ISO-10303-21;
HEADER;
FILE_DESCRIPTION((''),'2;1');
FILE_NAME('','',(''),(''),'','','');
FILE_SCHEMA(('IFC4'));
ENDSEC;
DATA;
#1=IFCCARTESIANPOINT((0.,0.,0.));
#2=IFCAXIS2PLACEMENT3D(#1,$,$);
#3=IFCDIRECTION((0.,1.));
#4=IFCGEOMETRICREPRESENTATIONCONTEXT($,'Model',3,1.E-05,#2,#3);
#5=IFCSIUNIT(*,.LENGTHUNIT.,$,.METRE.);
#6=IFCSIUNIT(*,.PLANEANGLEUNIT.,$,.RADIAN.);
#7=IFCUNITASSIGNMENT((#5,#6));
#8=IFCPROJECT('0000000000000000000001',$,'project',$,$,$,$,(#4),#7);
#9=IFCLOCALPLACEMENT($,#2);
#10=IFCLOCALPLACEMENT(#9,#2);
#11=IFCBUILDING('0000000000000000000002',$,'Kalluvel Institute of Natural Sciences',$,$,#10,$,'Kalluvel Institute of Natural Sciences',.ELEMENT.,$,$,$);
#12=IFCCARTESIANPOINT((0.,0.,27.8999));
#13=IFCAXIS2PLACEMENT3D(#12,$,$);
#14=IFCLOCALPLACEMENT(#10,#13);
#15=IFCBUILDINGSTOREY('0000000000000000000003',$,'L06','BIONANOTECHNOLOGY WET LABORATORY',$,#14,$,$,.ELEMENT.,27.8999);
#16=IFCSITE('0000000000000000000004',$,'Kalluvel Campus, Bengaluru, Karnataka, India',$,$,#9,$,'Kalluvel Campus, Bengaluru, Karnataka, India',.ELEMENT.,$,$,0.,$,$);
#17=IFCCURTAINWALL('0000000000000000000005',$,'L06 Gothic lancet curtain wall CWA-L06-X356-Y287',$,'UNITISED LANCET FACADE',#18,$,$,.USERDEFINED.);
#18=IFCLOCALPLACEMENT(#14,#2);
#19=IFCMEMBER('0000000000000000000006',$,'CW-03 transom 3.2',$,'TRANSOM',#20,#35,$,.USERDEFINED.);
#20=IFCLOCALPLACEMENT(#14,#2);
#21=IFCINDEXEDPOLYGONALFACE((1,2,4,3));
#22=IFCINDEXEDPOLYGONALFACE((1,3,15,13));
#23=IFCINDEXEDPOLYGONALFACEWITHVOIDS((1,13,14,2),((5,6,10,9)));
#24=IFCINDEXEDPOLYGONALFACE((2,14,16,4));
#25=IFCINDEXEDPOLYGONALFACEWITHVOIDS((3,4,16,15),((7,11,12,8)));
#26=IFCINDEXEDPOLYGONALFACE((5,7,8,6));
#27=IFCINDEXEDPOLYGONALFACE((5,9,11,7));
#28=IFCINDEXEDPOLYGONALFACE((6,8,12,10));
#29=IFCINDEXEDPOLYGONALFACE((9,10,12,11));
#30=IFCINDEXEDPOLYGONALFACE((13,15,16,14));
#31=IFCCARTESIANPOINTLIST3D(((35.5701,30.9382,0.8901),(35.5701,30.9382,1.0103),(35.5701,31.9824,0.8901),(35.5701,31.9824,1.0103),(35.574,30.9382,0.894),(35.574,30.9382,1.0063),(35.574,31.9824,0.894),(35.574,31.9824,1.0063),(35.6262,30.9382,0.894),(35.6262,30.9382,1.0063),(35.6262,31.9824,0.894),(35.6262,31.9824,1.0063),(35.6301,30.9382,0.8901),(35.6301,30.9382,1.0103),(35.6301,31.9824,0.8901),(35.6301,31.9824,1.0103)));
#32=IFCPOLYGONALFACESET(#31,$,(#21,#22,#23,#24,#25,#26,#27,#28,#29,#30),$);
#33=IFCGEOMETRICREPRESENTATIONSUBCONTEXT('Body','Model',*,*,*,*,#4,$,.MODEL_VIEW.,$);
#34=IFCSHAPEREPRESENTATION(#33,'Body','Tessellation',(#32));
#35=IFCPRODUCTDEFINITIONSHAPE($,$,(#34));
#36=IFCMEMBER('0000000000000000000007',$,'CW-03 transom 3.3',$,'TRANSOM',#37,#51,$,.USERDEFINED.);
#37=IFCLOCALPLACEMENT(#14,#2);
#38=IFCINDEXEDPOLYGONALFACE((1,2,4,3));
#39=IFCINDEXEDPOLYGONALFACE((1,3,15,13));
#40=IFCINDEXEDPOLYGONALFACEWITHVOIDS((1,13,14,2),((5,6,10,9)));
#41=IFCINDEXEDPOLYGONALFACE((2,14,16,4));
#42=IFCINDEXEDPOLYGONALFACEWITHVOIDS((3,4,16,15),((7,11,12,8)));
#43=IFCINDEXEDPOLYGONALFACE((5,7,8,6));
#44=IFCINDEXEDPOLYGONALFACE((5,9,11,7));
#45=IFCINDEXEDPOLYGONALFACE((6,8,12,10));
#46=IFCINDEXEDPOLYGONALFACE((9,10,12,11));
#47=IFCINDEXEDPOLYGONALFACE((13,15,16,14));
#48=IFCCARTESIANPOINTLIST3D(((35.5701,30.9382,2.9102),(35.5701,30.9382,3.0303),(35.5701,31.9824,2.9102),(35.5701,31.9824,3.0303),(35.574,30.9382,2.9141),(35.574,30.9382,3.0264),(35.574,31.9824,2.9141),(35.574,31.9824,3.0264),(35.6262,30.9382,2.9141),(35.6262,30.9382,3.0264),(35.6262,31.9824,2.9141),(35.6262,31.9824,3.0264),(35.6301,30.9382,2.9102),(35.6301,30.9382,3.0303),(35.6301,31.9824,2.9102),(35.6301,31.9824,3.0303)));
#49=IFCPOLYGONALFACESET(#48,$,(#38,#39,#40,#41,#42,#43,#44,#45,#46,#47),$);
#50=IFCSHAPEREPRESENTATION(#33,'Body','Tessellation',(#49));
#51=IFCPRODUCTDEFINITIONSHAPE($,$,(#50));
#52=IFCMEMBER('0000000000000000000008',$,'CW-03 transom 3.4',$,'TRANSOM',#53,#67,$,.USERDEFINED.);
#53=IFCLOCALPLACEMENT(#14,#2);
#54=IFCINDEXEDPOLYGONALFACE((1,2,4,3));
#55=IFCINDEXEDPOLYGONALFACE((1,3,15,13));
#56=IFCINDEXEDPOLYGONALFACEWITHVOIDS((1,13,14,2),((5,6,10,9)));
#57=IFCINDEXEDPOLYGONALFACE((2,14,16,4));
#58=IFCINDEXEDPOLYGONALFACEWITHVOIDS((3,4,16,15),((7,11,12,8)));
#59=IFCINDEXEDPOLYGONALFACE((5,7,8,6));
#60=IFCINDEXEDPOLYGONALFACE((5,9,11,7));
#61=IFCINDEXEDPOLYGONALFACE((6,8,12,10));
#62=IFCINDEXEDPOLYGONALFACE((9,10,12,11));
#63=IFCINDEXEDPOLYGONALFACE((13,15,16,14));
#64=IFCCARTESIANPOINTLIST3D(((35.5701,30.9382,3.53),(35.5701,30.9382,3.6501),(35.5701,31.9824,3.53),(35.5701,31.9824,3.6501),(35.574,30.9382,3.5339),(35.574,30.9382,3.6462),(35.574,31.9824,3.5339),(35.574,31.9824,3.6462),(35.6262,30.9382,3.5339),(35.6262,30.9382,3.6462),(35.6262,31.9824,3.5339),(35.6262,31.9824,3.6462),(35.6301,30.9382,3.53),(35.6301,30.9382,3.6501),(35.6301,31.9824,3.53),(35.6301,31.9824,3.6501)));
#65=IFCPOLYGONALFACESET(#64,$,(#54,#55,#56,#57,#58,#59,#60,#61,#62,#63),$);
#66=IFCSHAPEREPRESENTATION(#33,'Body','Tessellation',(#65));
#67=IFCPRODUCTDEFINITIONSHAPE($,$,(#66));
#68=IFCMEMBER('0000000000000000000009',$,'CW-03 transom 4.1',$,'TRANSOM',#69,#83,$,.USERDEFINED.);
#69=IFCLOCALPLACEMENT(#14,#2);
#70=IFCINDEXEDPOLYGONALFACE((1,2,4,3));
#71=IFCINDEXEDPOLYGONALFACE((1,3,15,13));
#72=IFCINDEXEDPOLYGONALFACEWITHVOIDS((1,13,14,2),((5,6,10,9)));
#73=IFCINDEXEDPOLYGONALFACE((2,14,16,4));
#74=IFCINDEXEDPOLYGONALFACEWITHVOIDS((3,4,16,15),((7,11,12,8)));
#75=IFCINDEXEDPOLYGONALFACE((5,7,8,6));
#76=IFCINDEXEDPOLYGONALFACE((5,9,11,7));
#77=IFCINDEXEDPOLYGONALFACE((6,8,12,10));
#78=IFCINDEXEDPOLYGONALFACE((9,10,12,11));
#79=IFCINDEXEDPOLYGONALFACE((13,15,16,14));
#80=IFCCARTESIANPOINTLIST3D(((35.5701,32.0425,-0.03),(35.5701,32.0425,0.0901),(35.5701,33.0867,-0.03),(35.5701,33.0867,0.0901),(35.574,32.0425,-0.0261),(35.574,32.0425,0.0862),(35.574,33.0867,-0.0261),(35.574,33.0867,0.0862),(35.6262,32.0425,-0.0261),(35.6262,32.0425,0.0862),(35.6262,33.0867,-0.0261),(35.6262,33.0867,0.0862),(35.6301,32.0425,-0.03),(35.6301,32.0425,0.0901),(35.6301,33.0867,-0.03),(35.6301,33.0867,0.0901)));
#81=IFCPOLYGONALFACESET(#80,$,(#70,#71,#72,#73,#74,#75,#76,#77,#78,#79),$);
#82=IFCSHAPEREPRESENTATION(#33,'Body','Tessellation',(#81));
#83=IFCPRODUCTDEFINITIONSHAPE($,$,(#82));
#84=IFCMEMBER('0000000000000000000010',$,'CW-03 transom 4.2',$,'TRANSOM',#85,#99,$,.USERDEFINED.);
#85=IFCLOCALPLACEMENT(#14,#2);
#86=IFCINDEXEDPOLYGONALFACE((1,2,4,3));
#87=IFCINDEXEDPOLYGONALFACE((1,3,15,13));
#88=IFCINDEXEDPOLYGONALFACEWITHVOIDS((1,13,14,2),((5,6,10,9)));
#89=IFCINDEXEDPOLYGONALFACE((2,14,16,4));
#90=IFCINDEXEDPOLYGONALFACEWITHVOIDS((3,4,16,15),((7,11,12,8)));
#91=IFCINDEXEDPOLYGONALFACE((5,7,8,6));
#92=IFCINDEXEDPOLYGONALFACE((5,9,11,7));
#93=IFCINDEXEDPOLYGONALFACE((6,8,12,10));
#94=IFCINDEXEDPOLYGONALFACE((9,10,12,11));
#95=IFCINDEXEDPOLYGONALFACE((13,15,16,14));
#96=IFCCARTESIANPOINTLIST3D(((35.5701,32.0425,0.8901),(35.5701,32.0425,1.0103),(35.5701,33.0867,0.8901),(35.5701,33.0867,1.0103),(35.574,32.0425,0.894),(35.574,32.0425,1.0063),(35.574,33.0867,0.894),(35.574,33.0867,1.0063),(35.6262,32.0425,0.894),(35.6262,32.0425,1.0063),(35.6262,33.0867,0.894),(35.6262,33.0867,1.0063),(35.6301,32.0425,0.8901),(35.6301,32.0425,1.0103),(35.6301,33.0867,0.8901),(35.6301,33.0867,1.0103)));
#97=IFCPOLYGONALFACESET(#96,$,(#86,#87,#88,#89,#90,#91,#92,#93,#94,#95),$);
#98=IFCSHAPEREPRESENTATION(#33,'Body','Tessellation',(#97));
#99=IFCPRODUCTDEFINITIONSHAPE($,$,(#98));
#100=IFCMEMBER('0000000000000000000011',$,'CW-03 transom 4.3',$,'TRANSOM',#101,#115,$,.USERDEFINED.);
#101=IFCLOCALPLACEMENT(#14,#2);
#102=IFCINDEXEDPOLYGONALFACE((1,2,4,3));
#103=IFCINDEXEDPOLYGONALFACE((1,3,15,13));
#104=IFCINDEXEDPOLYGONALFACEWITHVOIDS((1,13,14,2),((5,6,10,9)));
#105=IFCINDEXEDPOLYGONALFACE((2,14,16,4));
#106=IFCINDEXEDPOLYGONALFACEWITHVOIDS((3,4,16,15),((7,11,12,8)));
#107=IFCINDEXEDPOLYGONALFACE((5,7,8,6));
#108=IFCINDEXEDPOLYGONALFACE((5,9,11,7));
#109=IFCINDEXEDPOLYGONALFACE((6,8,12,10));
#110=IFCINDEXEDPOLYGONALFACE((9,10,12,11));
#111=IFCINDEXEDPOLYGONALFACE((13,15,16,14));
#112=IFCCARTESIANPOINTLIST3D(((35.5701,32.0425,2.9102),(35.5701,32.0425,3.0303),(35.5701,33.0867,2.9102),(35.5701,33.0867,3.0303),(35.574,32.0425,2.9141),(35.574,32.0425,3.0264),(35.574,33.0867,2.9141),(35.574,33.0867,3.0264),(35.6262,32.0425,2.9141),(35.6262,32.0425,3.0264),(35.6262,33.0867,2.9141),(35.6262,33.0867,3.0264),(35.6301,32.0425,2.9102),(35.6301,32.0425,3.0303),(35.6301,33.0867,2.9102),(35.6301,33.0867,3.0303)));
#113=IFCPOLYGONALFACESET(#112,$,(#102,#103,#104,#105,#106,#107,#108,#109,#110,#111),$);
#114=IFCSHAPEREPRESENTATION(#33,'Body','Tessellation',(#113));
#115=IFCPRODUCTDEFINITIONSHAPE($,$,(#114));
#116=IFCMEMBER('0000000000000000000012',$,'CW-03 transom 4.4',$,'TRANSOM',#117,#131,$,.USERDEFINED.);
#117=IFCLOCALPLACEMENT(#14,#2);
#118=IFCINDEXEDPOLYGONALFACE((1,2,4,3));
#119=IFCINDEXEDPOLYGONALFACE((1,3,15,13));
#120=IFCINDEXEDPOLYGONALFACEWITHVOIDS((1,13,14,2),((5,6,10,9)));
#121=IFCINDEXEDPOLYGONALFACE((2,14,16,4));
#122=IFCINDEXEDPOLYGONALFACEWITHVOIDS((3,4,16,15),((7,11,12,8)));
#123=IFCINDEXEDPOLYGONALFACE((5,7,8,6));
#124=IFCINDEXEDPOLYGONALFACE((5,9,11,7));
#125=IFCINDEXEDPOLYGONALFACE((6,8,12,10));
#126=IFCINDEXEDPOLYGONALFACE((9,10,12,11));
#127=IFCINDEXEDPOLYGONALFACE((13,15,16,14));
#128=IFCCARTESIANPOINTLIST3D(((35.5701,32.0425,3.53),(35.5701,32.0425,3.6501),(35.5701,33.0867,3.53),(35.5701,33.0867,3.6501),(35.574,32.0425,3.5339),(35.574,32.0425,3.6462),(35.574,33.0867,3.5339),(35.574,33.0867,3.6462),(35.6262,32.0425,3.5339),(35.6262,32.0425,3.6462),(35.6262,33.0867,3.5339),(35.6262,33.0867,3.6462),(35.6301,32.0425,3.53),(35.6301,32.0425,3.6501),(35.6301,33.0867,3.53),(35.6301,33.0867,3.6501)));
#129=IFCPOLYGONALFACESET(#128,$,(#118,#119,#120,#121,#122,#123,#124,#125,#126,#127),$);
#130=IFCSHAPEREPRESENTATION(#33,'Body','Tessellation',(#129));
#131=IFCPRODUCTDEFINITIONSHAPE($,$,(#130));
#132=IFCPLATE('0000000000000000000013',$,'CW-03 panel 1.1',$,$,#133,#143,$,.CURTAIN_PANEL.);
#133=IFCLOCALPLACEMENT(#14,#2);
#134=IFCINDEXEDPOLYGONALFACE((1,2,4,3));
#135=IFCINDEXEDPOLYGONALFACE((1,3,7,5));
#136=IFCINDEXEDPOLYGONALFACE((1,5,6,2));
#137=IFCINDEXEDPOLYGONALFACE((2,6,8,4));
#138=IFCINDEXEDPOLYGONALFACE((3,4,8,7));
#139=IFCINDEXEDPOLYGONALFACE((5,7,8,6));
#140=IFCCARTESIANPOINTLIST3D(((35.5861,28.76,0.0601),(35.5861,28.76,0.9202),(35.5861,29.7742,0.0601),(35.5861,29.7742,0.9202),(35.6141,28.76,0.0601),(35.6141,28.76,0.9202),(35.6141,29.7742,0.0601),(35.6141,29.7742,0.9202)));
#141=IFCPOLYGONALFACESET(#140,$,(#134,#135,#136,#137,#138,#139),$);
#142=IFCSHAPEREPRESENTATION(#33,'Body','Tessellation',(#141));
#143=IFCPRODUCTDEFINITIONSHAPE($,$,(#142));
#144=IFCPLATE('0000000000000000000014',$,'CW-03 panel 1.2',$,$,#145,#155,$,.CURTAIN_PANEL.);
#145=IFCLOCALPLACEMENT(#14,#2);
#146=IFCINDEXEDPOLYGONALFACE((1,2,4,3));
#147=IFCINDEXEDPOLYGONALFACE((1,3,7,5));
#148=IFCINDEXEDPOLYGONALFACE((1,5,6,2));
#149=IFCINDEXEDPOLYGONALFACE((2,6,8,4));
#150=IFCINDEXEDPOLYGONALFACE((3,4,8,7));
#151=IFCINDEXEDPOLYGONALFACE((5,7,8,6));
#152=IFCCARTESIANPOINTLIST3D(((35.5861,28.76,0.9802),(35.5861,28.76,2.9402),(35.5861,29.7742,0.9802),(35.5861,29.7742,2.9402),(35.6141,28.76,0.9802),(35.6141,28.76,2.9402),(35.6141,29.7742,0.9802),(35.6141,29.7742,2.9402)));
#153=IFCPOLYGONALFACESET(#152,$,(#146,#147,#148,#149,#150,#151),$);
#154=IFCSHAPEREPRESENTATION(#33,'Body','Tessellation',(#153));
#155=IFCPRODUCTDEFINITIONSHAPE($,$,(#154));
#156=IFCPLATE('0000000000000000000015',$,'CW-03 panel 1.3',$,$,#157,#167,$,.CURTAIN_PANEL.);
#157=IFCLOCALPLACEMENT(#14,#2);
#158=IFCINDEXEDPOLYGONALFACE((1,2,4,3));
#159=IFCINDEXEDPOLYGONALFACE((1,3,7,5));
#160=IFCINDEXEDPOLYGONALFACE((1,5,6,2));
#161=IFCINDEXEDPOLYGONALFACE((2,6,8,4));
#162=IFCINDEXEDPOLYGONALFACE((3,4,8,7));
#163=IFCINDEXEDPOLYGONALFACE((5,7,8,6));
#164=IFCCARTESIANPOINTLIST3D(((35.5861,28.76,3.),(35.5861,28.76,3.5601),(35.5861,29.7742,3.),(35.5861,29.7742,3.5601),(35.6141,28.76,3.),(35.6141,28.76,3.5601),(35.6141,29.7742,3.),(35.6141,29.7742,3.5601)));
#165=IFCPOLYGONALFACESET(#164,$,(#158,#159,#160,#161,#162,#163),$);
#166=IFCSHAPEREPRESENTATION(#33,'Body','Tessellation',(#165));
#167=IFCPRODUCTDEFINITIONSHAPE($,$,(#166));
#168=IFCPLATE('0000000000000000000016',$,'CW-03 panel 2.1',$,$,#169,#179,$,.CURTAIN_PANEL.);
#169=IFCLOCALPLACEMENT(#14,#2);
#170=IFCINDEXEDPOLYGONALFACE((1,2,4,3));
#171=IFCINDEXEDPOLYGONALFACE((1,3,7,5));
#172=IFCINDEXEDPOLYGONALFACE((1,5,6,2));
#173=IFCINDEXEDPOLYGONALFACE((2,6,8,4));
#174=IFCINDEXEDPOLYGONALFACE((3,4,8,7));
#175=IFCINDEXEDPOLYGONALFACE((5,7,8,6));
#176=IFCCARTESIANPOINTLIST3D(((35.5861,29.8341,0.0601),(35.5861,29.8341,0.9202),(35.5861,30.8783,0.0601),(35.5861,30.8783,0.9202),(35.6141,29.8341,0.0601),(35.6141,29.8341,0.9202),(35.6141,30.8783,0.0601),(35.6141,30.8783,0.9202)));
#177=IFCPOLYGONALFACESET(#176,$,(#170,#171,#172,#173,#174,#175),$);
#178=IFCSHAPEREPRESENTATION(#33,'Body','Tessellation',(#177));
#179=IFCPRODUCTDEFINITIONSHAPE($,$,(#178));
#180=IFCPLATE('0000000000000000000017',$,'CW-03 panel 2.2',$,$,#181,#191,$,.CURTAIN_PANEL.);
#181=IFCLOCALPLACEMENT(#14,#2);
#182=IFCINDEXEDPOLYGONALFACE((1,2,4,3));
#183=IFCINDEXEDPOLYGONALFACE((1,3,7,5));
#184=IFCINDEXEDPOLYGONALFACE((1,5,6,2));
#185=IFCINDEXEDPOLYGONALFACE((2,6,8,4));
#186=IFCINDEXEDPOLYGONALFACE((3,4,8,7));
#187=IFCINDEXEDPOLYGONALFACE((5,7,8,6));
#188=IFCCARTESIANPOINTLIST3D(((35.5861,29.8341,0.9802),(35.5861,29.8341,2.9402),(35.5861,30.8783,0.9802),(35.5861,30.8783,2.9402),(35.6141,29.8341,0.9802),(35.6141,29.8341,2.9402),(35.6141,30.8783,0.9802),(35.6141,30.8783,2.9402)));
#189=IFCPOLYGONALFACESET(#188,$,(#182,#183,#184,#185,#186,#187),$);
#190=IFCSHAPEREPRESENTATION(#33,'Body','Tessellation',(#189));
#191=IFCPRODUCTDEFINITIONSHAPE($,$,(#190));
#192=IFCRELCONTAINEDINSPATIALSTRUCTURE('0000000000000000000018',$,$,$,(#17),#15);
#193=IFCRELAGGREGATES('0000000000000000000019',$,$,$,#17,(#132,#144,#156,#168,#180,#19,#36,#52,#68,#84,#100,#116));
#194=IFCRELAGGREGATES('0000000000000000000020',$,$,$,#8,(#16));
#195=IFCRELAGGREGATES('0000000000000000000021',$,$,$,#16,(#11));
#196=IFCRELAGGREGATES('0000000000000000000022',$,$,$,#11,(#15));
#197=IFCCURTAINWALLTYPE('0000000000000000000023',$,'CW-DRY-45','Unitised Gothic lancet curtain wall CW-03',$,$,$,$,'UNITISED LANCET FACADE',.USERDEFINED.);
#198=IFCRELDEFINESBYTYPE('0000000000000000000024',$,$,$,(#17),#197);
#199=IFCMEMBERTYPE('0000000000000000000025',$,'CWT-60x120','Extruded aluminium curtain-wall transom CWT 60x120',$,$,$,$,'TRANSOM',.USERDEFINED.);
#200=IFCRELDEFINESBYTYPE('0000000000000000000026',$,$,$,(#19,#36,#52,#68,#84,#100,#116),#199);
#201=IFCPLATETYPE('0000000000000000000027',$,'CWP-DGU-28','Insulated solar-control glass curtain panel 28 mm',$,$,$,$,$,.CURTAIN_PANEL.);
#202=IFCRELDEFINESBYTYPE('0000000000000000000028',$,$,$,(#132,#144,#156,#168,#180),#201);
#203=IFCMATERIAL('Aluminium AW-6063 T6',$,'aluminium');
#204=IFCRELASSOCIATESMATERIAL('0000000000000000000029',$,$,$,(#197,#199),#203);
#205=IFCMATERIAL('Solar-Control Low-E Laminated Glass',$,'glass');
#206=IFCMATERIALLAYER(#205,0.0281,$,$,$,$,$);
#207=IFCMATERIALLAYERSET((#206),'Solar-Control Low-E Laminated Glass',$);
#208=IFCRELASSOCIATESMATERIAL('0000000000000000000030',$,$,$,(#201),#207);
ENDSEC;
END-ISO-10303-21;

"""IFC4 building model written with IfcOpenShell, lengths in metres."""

from ifc_helpers import new_model, si_unit, direction, frame, origin, origin_2d, place, context, subcontext, project, spatial, rectangle, hollow_rectangle, extrude, material, layer, layer_set, material_profile, profile_set, type_object, element, aggregate, save


model = new_model("IFC4")

# Units and contexts
model_context = context("Model", 3, precision=1e-05, world=origin(), true_north=direction((0.0, 1.0)))
body_context = subcontext(model_context, "Body", "Model", "MODEL_VIEW")
ifc_project = project(units=[si_unit("LENGTHUNIT", "METRE"), si_unit("PLANEANGLEUNIT", "RADIAN")], contexts=[model_context])

# Site, building, storey
site_placement = place(None, origin())
site = spatial("IfcSite", under=ifc_project, at=site_placement, Name="Kalluvel Campus, Bengaluru, Karnataka, India", LongName="Kalluvel Campus, Bengaluru, Karnataka, India", CompositionType="ELEMENT", RefElevation=0.0)
building_placement = place(site_placement, origin())
building = spatial("IfcBuilding", under=site, at=building_placement, Name="Kalluvel Institute of Natural Sciences", LongName="Kalluvel Institute of Natural Sciences", CompositionType="ELEMENT")
storey_placement = place(building_placement, frame((0.0, 0.0, 27.8999)))
storey = spatial("IfcBuildingStorey", under=building, at=storey_placement, Name="L06", Description="BIONANOTECHNOLOGY WET LABORATORY", CompositionType="ELEMENT", Elevation=27.8999)

# Curtain wall, members, plates
ifc_material_1 = material(Name="Aluminium AW-6063 T6", Category="aluminium")
curtain_wall_type = type_object("IfcCurtainWallType", Name="CW-DRY-45", Description="Unitised Gothic lancet curtain wall CW-03", ElementType="UNITISED LANCET FACADE", PredefinedType="USERDEFINED", material=ifc_material_1)
curtain_wall_placement = place(storey_placement, origin())
curtain_wall = element("IfcCurtainWall", 1, at=curtain_wall_placement, inside=storey, type_object=curtain_wall_type, Name="L06 Gothic lancet curtain wall CWA-L06-X356-Y287", ObjectType="UNITISED LANCET FACADE", PredefinedType="USERDEFINED")
ifc_material_profile_1 = material_profile(ifc_material_1, hollow_rectangle(XDim=0.0601, YDim=0.1201, WallThickness=0.0039, at=origin_2d()), Name="CWT 60x120")
ifc_profile_set_1 = profile_set([ifc_material_profile_1], Name="Aluminium AW-6063 T6")
member_type_1 = type_object("IfcMemberType", Name="CWT-60x120", Description="Extruded aluminium curtain-wall transom CWT 60x120", ElementType="TRANSOM", PredefinedType="USERDEFINED", material=ifc_profile_set_1)
member_1_placement = place(storey_placement, frame((35.6001, 30.9382, 0.9502), z_axis=(0.0, 1.0, 0.0), x_axis=(-1.0, 0.0, 0.0)))
member_1 = element("IfcMember", 2, at=member_1_placement, type_object=member_type_1, Name="CW-03 transom 3.2", ObjectType="TRANSOM", PredefinedType="USERDEFINED", context=body_context, shape_type="SweptSolid", body=[
    extrude(hollow_rectangle(XDim=0.0601, YDim=0.1201, WallThickness=0.0039, at=origin_2d()), origin(), (0.0, 0.0, 1.0), 1.0442),
])
member_2_placement = place(storey_placement, frame((35.6001, 30.9382, 2.9702), z_axis=(0.0, 1.0, 0.0), x_axis=(-1.0, 0.0, 0.0)))
member_2 = element("IfcMember", 3, at=member_2_placement, type_object=member_type_1, Name="CW-03 transom 3.3", ObjectType="TRANSOM", PredefinedType="USERDEFINED", context=body_context, shape_type="SweptSolid", body=[
    extrude(hollow_rectangle(XDim=0.0601, YDim=0.1201, WallThickness=0.0039, at=origin_2d()), origin(), (0.0, 0.0, 1.0), 1.0442),
])
member_3_placement = place(storey_placement, frame((35.6001, 30.9382, 3.5901), z_axis=(0.0, 1.0, 0.0), x_axis=(-1.0, 0.0, 0.0)))
member_3 = element("IfcMember", 4, at=member_3_placement, type_object=member_type_1, Name="CW-03 transom 3.4", ObjectType="TRANSOM", PredefinedType="USERDEFINED", context=body_context, shape_type="SweptSolid", body=[
    extrude(hollow_rectangle(XDim=0.0601, YDim=0.1201, WallThickness=0.0039, at=origin_2d()), origin(), (0.0, 0.0, 1.0), 1.0442),
])
member_4_placement = place(storey_placement, frame((35.6001, 32.0425, 0.03), z_axis=(0.0, 1.0, 0.0), x_axis=(-1.0, 0.0, 0.0)))
member_4 = element("IfcMember", 5, at=member_4_placement, type_object=member_type_1, Name="CW-03 transom 4.1", ObjectType="TRANSOM", PredefinedType="USERDEFINED", context=body_context, shape_type="SweptSolid", body=[
    extrude(hollow_rectangle(XDim=0.0601, YDim=0.1201, WallThickness=0.0039, at=origin_2d()), origin(), (0.0, 0.0, 1.0), 1.0442),
])
member_5_placement = place(storey_placement, frame((35.6001, 32.0425, 0.9502), z_axis=(0.0, 1.0, 0.0), x_axis=(-1.0, 0.0, 0.0)))
member_5 = element("IfcMember", 6, at=member_5_placement, type_object=member_type_1, Name="CW-03 transom 4.2", ObjectType="TRANSOM", PredefinedType="USERDEFINED", context=body_context, shape_type="SweptSolid", body=[
    extrude(hollow_rectangle(XDim=0.0601, YDim=0.1201, WallThickness=0.0039, at=origin_2d()), origin(), (0.0, 0.0, 1.0), 1.0442),
])
member_6_placement = place(storey_placement, frame((35.6001, 32.0425, 2.9702), z_axis=(0.0, 1.0, 0.0), x_axis=(-1.0, 0.0, 0.0)))
member_6 = element("IfcMember", 7, at=member_6_placement, type_object=member_type_1, Name="CW-03 transom 4.3", ObjectType="TRANSOM", PredefinedType="USERDEFINED", context=body_context, shape_type="SweptSolid", body=[
    extrude(hollow_rectangle(XDim=0.0601, YDim=0.1201, WallThickness=0.0039, at=origin_2d()), origin(), (0.0, 0.0, 1.0), 1.0442),
])
member_7_placement = place(storey_placement, frame((35.6001, 32.0425, 3.5901), z_axis=(0.0, 1.0, 0.0), x_axis=(-1.0, 0.0, 0.0)))
member_7 = element("IfcMember", 8, at=member_7_placement, type_object=member_type_1, Name="CW-03 transom 4.4", ObjectType="TRANSOM", PredefinedType="USERDEFINED", context=body_context, shape_type="SweptSolid", body=[
    extrude(hollow_rectangle(XDim=0.0601, YDim=0.1201, WallThickness=0.0039, at=origin_2d()), origin(), (0.0, 0.0, 1.0), 1.0442),
])
ifc_material_2 = material(Name="Solar-Control Low-E Laminated Glass", Category="glass")
ifc_layer = layer(ifc_material_2, 0.0281)
ifc_layer_set = layer_set([ifc_layer], Name="Solar-Control Low-E Laminated Glass")
plate_type = type_object("IfcPlateType", Name="CWP-DGU-28", Description="Insulated solar-control glass curtain panel 28 mm", PredefinedType="CURTAIN_PANEL", material=ifc_layer_set)
plate_1_placement = place(storey_placement, frame((35.6001, 29.2671, 0.0601), z_axis=(0.0, 0.0, 1.0), x_axis=(0.0, 1.0, 0.0)))
plate_1 = element("IfcPlate", 9, at=plate_1_placement, type_object=plate_type, Name="CW-03 panel 1.1", PredefinedType="CURTAIN_PANEL", context=body_context, shape_type="SweptSolid", body=[
    extrude(rectangle(XDim=1.0142, YDim=0.0281, at=origin_2d()), origin(), (0.0, 0.0, 1.0), 0.8601),
])
plate_2_placement = place(storey_placement, frame((35.6001, 29.2671, 0.9802), z_axis=(0.0, 0.0, 1.0), x_axis=(0.0, 1.0, 0.0)))
plate_2 = element("IfcPlate", 10, at=plate_2_placement, type_object=plate_type, Name="CW-03 panel 1.2", PredefinedType="CURTAIN_PANEL", context=body_context, shape_type="SweptSolid", body=[
    extrude(rectangle(XDim=1.0142, YDim=0.0281, at=origin_2d()), origin(), (0.0, 0.0, 1.0), 1.96),
])
plate_3_placement = place(storey_placement, frame((35.6001, 29.2671, 3.0), z_axis=(0.0, 0.0, 1.0), x_axis=(0.0, 1.0, 0.0)))
plate_3 = element("IfcPlate", 11, at=plate_3_placement, type_object=plate_type, Name="CW-03 panel 1.3", PredefinedType="CURTAIN_PANEL", context=body_context, shape_type="SweptSolid", body=[
    extrude(rectangle(XDim=1.0142, YDim=0.0281, at=origin_2d()), origin(), (0.0, 0.0, 1.0), 0.5601),
])
plate_4_placement = place(storey_placement, frame((35.6001, 30.3562, 0.0601), z_axis=(0.0, 0.0, 1.0), x_axis=(0.0, 1.0, 0.0)))
plate_4 = element("IfcPlate", 12, at=plate_4_placement, type_object=plate_type, Name="CW-03 panel 2.1", PredefinedType="CURTAIN_PANEL", context=body_context, shape_type="SweptSolid", body=[
    extrude(rectangle(XDim=1.0442, YDim=0.0281, at=origin_2d()), origin(), (0.0, 0.0, 1.0), 0.8601),
])
plate_5_placement = place(storey_placement, frame((35.6001, 30.3562, 0.9802), z_axis=(0.0, 0.0, 1.0), x_axis=(0.0, 1.0, 0.0)))
plate_5 = element("IfcPlate", 13, at=plate_5_placement, type_object=plate_type, Name="CW-03 panel 2.2", PredefinedType="CURTAIN_PANEL", context=body_context, shape_type="SweptSolid", body=[
    extrude(rectangle(XDim=1.0442, YDim=0.0281, at=origin_2d()), origin(), (0.0, 0.0, 1.0), 1.96),
])
aggregate(curtain_wall, [plate_1, plate_2, plate_3, plate_4, plate_5, member_1, member_2, member_3, member_4, member_5, member_6, member_7])

save(model, "model.ifc")
